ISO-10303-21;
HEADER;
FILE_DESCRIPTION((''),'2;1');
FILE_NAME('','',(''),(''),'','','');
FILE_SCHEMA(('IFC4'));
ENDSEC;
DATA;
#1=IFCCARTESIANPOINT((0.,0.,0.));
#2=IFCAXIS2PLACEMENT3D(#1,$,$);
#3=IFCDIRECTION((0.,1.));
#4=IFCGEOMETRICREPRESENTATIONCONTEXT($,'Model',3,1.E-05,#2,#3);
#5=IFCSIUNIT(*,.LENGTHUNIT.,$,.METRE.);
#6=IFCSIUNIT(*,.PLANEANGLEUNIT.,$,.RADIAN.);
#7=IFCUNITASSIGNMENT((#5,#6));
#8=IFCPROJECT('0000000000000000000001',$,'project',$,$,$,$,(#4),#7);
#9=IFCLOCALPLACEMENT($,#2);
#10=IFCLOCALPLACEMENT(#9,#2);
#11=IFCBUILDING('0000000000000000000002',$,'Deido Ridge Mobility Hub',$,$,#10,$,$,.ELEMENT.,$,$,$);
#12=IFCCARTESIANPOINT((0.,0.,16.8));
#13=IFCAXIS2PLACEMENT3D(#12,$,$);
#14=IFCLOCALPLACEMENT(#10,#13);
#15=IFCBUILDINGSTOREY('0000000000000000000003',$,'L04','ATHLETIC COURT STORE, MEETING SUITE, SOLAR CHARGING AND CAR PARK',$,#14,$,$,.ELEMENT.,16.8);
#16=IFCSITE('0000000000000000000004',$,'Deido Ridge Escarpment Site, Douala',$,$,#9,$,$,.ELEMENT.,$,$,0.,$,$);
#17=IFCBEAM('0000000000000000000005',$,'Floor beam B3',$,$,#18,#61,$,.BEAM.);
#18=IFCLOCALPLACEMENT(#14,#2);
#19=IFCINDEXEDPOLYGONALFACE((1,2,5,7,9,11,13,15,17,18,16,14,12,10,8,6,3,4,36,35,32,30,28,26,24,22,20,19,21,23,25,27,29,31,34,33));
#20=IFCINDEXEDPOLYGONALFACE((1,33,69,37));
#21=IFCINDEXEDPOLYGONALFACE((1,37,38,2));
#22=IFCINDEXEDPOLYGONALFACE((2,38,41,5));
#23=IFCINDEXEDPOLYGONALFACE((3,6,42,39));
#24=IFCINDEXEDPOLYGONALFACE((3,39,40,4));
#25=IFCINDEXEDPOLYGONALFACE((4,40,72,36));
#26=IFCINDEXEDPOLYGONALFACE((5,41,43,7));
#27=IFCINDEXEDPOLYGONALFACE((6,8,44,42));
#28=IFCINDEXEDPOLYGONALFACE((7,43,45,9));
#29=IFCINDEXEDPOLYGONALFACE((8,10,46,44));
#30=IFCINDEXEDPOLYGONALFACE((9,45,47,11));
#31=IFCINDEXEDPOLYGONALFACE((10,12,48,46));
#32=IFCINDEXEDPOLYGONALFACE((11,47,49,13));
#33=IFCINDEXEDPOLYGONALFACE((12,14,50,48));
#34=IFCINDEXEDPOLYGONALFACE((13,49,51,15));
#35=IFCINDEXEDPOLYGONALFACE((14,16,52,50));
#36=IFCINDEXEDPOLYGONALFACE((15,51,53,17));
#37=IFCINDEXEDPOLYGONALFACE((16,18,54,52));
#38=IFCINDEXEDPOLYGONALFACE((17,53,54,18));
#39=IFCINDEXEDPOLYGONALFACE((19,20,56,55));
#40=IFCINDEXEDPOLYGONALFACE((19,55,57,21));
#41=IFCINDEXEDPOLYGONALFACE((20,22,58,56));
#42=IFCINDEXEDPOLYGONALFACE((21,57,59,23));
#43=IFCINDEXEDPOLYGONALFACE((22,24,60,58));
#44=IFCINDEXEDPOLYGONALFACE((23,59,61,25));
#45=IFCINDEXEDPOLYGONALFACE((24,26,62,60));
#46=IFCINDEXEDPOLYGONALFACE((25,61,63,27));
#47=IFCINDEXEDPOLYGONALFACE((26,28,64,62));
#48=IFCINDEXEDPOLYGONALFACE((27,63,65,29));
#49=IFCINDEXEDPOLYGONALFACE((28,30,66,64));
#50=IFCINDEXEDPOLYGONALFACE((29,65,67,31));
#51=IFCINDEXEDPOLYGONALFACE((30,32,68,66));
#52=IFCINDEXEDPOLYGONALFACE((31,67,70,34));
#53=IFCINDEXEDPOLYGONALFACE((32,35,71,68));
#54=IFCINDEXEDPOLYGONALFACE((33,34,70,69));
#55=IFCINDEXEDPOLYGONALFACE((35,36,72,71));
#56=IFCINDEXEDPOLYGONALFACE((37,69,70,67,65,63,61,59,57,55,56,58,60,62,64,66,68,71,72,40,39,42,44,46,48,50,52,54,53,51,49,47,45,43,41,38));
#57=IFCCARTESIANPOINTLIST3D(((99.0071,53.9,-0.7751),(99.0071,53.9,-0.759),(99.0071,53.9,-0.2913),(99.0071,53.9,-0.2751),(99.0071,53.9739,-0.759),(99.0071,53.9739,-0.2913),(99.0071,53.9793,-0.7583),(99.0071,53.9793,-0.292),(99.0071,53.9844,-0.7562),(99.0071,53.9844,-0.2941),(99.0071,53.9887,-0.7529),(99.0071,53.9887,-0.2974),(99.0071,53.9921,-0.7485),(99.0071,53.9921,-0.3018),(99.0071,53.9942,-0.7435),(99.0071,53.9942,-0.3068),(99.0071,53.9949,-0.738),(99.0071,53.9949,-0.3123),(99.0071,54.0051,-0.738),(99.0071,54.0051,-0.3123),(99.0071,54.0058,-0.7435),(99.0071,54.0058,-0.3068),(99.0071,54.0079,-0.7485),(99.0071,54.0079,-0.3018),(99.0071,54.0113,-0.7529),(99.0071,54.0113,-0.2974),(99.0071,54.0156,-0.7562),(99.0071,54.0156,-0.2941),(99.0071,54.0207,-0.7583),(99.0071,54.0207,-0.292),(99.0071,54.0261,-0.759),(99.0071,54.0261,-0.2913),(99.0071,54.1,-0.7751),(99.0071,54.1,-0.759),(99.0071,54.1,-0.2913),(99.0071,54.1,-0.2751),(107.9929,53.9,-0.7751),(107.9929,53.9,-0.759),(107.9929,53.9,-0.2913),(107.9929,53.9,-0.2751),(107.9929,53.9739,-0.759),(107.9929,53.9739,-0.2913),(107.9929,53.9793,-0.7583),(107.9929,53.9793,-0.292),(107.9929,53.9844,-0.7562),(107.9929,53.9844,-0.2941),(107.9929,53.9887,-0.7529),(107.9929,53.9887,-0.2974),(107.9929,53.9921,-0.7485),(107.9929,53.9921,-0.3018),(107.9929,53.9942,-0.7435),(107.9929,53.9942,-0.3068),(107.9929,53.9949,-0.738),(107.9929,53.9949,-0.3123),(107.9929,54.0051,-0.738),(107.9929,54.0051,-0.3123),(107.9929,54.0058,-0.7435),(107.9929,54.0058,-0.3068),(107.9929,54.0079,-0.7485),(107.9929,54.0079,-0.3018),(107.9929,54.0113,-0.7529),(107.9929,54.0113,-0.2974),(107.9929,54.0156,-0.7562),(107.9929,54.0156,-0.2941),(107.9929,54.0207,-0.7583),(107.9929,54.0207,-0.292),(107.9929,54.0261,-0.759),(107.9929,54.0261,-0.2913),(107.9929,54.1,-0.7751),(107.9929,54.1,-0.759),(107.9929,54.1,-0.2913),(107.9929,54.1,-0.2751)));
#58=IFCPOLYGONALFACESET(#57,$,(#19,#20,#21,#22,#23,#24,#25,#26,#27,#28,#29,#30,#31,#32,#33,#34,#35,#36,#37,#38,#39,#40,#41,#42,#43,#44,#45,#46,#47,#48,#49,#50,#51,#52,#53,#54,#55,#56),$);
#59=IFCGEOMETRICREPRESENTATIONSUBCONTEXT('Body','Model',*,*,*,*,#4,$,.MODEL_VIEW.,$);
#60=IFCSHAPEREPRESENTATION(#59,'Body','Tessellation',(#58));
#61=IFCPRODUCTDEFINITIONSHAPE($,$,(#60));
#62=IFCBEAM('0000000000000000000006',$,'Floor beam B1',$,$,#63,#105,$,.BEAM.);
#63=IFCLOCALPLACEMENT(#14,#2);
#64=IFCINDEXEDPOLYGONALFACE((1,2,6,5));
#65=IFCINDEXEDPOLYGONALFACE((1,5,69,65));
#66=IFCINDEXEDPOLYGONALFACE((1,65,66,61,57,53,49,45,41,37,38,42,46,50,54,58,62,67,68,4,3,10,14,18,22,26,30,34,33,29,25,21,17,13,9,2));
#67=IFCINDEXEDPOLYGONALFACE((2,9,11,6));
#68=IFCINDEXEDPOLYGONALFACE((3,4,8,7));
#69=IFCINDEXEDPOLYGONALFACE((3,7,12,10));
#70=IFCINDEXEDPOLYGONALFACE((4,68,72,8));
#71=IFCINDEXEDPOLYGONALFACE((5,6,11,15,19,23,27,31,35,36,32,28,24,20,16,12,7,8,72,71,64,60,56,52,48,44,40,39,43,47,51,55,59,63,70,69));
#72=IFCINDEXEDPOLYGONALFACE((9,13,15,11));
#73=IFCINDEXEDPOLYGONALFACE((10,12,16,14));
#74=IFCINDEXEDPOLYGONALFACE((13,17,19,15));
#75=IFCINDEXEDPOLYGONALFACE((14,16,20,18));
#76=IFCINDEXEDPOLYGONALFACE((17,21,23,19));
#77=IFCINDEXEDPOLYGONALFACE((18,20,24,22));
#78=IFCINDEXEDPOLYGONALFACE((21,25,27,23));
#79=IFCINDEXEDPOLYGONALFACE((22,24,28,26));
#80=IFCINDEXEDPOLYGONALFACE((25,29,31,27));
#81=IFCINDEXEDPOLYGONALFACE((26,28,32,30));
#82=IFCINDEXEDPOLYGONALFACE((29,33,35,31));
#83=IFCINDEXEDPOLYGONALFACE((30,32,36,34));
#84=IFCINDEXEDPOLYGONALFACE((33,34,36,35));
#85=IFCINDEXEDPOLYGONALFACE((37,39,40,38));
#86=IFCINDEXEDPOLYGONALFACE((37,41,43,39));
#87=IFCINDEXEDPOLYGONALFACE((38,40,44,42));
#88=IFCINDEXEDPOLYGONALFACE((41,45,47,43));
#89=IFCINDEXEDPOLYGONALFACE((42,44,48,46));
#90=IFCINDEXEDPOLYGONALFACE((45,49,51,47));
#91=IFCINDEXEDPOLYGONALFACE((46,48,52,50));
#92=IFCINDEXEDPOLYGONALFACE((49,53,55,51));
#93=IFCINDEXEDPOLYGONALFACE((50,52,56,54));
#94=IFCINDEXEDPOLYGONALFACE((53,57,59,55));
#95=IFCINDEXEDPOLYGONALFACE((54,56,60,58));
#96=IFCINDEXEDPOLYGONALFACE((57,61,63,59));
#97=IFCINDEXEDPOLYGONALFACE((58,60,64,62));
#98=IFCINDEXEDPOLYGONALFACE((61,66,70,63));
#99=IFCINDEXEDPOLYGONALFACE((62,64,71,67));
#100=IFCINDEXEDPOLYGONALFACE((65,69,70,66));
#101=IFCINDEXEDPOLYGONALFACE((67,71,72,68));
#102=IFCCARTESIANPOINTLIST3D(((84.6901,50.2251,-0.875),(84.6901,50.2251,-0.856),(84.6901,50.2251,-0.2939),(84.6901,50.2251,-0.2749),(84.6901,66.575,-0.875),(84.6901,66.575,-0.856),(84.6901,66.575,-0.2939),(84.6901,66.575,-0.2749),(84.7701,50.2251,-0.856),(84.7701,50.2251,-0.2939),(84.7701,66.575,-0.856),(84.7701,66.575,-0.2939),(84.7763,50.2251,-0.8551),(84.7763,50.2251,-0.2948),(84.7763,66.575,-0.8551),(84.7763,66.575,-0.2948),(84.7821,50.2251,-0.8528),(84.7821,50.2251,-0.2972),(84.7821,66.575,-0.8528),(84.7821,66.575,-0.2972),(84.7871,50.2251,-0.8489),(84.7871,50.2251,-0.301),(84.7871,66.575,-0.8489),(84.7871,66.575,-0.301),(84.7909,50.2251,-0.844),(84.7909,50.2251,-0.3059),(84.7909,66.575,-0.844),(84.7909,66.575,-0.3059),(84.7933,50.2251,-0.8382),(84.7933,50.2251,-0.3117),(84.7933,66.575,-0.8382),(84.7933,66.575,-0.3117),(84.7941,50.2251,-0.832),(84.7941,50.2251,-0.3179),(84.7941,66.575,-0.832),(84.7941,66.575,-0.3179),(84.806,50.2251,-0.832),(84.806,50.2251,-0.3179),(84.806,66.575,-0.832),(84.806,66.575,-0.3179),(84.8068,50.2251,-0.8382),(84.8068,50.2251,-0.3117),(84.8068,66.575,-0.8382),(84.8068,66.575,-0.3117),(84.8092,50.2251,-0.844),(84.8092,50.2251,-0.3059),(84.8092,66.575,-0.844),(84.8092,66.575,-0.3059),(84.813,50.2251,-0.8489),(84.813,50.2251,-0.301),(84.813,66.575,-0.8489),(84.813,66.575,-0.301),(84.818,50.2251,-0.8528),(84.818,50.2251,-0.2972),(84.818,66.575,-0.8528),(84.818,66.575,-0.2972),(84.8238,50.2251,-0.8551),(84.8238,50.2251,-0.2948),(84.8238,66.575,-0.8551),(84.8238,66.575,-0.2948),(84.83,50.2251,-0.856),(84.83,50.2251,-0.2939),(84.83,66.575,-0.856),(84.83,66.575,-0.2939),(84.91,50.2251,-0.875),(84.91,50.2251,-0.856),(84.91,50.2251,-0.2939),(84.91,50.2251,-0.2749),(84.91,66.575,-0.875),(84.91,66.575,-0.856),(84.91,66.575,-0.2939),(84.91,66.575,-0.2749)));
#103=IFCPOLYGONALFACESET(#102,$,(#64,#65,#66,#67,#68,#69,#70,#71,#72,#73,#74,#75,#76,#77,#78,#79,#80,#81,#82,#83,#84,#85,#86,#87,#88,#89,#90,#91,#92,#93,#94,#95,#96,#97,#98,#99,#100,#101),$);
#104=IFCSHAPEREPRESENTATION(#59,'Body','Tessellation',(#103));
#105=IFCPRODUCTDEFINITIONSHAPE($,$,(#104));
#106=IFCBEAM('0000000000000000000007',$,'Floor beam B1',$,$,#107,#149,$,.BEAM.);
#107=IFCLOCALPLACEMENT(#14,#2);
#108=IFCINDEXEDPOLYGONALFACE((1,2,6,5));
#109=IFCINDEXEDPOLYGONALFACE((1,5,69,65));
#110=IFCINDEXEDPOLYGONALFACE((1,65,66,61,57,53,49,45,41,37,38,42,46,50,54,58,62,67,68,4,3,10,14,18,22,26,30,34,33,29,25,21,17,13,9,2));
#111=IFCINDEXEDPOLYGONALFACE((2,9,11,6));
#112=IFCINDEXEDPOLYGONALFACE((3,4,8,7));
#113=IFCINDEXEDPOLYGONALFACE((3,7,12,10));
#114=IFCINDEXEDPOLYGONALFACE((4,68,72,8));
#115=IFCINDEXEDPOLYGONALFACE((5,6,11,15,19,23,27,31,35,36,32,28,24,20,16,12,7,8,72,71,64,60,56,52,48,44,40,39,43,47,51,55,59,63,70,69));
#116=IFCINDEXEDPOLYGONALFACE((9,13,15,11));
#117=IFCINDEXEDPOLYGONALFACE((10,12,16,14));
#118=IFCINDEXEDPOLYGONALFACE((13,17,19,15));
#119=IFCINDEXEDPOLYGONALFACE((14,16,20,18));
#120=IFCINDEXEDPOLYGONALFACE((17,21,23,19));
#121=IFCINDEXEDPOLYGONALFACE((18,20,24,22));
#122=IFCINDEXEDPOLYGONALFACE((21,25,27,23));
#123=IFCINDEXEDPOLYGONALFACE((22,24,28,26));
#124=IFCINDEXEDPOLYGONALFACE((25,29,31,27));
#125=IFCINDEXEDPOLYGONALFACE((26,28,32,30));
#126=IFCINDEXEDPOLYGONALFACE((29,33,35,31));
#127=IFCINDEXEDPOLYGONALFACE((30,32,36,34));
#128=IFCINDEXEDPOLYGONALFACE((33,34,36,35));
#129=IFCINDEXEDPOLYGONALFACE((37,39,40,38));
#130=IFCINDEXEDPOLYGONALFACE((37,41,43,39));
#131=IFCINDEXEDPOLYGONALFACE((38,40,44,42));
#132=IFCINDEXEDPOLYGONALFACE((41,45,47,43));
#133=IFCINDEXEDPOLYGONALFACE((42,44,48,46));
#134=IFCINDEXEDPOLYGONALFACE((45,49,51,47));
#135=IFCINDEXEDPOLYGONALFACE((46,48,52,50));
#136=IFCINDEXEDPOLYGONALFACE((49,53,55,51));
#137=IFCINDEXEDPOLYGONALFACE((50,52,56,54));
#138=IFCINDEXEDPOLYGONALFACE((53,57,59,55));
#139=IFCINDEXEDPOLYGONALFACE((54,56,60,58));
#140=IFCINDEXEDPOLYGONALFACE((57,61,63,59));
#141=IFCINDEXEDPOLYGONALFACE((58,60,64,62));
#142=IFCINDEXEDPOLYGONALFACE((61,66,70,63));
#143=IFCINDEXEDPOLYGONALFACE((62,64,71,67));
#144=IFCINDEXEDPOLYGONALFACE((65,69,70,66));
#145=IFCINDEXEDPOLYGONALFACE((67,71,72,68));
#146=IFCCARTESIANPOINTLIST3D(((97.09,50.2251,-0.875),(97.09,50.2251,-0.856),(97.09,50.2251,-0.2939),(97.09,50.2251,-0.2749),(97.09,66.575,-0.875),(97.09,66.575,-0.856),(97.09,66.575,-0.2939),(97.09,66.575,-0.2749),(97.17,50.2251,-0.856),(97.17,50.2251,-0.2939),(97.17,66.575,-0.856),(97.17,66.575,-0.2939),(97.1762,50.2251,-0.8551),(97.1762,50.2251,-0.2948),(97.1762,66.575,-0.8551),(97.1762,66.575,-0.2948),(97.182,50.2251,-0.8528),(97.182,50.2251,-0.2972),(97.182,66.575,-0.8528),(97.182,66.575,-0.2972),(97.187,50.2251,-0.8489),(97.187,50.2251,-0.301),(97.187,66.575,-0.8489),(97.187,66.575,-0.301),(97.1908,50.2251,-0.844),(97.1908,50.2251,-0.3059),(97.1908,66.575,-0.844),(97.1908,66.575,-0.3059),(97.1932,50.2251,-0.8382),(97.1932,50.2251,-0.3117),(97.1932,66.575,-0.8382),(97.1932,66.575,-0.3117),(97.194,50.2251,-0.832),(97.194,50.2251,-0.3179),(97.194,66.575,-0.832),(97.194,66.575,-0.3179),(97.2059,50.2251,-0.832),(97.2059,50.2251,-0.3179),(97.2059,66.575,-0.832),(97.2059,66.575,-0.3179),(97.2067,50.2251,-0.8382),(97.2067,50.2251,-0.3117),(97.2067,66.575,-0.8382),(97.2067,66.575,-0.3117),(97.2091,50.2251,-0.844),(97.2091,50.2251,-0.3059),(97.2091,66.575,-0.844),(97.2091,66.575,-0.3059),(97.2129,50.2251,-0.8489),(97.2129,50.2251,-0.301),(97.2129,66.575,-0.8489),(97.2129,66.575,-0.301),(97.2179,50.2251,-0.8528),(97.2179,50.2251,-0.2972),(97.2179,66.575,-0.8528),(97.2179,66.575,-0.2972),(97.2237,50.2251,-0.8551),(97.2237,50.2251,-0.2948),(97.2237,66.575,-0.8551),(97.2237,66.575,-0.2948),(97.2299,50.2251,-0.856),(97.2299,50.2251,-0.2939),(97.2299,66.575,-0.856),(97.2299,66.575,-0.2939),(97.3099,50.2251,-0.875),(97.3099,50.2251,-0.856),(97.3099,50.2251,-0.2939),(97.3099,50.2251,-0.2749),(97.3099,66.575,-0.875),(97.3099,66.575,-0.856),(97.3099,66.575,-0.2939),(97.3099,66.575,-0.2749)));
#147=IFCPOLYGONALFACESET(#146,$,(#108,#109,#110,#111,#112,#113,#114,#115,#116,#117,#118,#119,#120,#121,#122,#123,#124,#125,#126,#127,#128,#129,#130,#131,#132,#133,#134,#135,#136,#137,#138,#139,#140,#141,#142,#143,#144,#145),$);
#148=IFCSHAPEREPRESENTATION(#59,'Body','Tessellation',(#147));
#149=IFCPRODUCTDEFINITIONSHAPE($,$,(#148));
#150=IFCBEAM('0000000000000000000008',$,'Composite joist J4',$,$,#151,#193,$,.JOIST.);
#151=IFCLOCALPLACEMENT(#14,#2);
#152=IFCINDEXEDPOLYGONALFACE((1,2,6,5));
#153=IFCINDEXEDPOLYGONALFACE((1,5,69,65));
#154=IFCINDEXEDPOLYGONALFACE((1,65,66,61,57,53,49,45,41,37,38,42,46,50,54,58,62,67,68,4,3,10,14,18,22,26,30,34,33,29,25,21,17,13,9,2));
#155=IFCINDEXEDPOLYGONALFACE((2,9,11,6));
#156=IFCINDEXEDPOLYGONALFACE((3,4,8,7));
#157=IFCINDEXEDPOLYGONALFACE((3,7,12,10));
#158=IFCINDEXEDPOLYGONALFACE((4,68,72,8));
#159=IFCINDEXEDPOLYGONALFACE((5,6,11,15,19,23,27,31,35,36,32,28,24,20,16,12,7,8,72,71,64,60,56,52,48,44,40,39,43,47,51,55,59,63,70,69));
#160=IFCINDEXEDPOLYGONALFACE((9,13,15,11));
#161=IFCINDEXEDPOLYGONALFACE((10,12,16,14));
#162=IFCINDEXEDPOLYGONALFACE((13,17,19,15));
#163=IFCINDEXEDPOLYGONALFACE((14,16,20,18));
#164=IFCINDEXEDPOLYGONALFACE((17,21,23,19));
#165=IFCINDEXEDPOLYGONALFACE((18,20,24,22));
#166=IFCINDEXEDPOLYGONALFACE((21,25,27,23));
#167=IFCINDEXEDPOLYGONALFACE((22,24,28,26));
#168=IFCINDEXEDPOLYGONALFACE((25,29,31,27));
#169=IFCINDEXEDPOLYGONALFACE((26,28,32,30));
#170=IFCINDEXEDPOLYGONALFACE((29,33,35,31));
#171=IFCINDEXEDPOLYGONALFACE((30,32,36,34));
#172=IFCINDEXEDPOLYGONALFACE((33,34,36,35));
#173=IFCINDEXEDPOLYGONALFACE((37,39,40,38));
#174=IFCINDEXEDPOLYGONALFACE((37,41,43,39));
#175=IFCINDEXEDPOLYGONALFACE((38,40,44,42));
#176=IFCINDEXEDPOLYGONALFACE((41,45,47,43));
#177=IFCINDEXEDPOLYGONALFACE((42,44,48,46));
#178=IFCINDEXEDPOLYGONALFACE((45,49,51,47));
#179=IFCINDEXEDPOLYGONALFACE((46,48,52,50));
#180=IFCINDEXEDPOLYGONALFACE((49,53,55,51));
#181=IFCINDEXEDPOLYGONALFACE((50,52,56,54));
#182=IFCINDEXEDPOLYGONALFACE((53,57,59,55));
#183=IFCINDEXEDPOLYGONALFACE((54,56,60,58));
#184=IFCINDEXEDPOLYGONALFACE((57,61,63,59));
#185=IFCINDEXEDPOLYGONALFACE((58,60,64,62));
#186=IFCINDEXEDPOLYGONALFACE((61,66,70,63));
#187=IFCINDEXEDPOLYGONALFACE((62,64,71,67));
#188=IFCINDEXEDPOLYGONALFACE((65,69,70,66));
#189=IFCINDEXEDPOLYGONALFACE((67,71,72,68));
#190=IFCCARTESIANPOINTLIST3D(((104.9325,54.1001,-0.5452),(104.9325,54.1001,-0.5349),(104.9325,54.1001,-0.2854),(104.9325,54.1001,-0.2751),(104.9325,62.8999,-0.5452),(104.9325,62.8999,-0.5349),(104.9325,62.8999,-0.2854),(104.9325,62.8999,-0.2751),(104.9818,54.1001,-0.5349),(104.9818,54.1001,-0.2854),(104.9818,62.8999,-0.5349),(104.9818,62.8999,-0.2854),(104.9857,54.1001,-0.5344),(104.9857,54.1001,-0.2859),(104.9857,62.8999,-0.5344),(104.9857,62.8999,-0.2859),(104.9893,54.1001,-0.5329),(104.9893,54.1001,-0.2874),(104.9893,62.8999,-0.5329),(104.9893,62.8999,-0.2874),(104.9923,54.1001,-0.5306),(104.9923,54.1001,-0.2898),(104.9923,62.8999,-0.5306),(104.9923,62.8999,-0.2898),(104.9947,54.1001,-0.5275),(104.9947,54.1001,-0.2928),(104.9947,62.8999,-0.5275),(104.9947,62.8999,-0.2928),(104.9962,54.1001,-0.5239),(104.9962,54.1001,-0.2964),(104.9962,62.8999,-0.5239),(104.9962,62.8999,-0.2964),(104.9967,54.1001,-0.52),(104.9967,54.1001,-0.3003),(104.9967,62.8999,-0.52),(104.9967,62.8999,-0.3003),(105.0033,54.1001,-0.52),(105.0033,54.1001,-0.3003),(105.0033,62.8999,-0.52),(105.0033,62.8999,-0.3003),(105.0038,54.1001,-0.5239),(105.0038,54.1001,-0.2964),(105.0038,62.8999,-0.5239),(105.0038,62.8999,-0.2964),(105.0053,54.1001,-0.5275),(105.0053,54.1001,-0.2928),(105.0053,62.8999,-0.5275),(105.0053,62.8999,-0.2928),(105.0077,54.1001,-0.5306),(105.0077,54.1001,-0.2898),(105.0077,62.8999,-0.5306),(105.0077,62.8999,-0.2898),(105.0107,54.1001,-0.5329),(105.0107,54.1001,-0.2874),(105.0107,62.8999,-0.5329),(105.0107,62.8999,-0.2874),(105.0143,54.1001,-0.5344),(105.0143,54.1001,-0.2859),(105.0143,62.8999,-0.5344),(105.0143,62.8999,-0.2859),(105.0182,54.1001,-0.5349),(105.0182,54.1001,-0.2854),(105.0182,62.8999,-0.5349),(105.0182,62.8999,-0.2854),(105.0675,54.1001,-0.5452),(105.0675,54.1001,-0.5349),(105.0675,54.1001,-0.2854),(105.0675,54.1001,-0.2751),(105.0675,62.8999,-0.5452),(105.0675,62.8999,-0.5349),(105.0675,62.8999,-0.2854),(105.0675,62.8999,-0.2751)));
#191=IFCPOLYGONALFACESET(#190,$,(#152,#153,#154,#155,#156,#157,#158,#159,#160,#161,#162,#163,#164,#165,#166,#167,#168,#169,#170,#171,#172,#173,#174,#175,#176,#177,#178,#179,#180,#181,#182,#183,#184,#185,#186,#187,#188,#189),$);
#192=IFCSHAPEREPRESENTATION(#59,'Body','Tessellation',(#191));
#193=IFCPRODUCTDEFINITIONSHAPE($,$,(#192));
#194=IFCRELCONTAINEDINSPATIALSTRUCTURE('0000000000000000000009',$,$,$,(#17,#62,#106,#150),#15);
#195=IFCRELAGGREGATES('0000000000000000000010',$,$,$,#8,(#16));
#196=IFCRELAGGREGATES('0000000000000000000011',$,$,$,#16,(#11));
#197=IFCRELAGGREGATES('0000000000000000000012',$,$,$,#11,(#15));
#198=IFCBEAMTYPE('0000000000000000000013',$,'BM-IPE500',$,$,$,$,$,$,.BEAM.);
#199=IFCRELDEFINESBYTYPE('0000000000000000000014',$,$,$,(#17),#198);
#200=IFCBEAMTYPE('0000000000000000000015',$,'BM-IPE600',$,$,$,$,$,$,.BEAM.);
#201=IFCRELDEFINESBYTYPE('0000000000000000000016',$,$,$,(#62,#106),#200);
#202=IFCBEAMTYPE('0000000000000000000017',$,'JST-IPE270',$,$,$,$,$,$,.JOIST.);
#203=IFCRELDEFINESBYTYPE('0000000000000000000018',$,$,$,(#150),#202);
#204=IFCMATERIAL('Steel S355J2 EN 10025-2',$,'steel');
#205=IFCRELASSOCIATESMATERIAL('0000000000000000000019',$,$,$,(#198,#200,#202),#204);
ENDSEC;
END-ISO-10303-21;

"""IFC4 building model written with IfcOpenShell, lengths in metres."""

from ifc_helpers import new_model, si_unit, direction, frame, origin, origin_2d, place, context, subcontext, project, spatial, i_section, extrude, material, material_profile, profile_set, type_object, element, save


model = new_model("IFC4")

# Units and contexts
model_context = context("Model", 3, precision=1e-05, world=origin(), true_north=direction((0.0, 1.0)))
body_context = subcontext(model_context, "Body", "Model", "MODEL_VIEW")
ifc_project = project(units=[si_unit("LENGTHUNIT", "METRE"), si_unit("PLANEANGLEUNIT", "RADIAN")], contexts=[model_context])

# Site, building, storey
site_placement = place(None, origin())
site = spatial("IfcSite", under=ifc_project, at=site_placement, Name="Deido Ridge Escarpment Site, Douala", CompositionType="ELEMENT", RefElevation=0.0)
building_placement = place(site_placement, origin())
building = spatial("IfcBuilding", under=site, at=building_placement, Name="Deido Ridge Mobility Hub", CompositionType="ELEMENT")
storey_placement = place(building_placement, frame((0.0, 0.0, 16.8)))
storey = spatial("IfcBuildingStorey", under=building, at=storey_placement, Name="L04", Description="ATHLETIC COURT STORE, MEETING SUITE, SOLAR CHARGING AND CAR PARK", CompositionType="ELEMENT", Elevation=16.8)

# Shared definitions
ifc_material_1 = material(Name="Steel S355J2 EN 10025-2", Category="steel")

# Beams
ifc_material_profile_1 = material_profile(ifc_material_1, i_section(OverallWidth=0.2, OverallDepth=0.5, WebThickness=0.0103, FlangeThickness=0.0161, FilletRadius=0.021, at=origin_2d()), Name="IPE 500")
ifc_profile_set_1 = profile_set([ifc_material_profile_1], Name="Steel S355J2 EN 10025-2")
beam_type_1 = type_object("IfcBeamType", Name="BM-IPE500", PredefinedType="BEAM", material=ifc_profile_set_1)
beam_1_placement = place(storey_placement, frame((99.0071, 54.0, -0.5251), z_axis=(1.0, 0.0, 0.0), x_axis=(0.0, 1.0, 0.0)))
element("IfcBeam", 1, at=beam_1_placement, inside=storey, type_object=beam_type_1, Name="Floor beam B3", PredefinedType="BEAM", context=body_context, shape_type="SweptSolid", body=[
    extrude(i_section(OverallWidth=0.2, OverallDepth=0.5, WebThickness=0.0103, FlangeThickness=0.0161, FilletRadius=0.021, at=origin_2d()), origin(), (0.0, 0.0, 1.0), 8.9858),
])
ifc_material_profile_2 = material_profile(ifc_material_1, i_section(OverallWidth=0.22, OverallDepth=0.6001, WebThickness=0.012, FlangeThickness=0.019, FilletRadius=0.0239, at=origin_2d()), Name="IPE 600")
ifc_profile_set_2 = profile_set([ifc_material_profile_2], Name="Steel S355J2 EN 10025-2")
beam_type_2 = type_object("IfcBeamType", Name="BM-IPE600", PredefinedType="BEAM", material=ifc_profile_set_2)
for number, where, z_axis, x_axis, name in (
    (2, (84.8, 50.2251, -0.575), (0.0, 1.0, 0.0), (-1.0, 0.0, 0.0), "Floor beam B1"),
    (3, (97.2, 50.2251, -0.575), (0.0, 1.0, 0.0), (-1.0, 0.0, 0.0), "Floor beam B1"),
):
    element("IfcBeam", number, at=place(storey_placement, frame(where, z_axis=z_axis, x_axis=x_axis)), inside=storey, type_object=beam_type_2, Name=name, PredefinedType="BEAM", context=body_context, shape_type="SweptSolid", body=[
        extrude(i_section(OverallWidth=0.22, OverallDepth=0.6001, WebThickness=0.012, FlangeThickness=0.019, FilletRadius=0.0239, at=origin_2d()), origin(), (0.0, 0.0, 1.0), 16.3499),
    ])
ifc_material_profile_3 = material_profile(ifc_material_1, i_section(OverallWidth=0.135, OverallDepth=0.27, WebThickness=0.0066, FlangeThickness=0.0103, FilletRadius=0.0149, at=origin_2d()), Name="IPE 270")
ifc_profile_set_3 = profile_set([ifc_material_profile_3], Name="Steel S355J2 EN 10025-2")
beam_type_3 = type_object("IfcBeamType", Name="JST-IPE270", PredefinedType="JOIST", material=ifc_profile_set_3)
beam_2_placement = place(storey_placement, frame((105.0, 54.1001, -0.4102), z_axis=(0.0, 1.0, 0.0), x_axis=(-1.0, 0.0, 0.0)))
element("IfcBeam", 4, at=beam_2_placement, inside=storey, type_object=beam_type_3, Name="Composite joist J4", PredefinedType="JOIST", context=body_context, shape_type="SweptSolid", body=[
    extrude(i_section(OverallWidth=0.135, OverallDepth=0.27, WebThickness=0.0066, FlangeThickness=0.0103, FilletRadius=0.0149, at=origin_2d()), origin(), (0.0, 0.0, 1.0), 8.7998),
])

save(model, "model.ifc")
